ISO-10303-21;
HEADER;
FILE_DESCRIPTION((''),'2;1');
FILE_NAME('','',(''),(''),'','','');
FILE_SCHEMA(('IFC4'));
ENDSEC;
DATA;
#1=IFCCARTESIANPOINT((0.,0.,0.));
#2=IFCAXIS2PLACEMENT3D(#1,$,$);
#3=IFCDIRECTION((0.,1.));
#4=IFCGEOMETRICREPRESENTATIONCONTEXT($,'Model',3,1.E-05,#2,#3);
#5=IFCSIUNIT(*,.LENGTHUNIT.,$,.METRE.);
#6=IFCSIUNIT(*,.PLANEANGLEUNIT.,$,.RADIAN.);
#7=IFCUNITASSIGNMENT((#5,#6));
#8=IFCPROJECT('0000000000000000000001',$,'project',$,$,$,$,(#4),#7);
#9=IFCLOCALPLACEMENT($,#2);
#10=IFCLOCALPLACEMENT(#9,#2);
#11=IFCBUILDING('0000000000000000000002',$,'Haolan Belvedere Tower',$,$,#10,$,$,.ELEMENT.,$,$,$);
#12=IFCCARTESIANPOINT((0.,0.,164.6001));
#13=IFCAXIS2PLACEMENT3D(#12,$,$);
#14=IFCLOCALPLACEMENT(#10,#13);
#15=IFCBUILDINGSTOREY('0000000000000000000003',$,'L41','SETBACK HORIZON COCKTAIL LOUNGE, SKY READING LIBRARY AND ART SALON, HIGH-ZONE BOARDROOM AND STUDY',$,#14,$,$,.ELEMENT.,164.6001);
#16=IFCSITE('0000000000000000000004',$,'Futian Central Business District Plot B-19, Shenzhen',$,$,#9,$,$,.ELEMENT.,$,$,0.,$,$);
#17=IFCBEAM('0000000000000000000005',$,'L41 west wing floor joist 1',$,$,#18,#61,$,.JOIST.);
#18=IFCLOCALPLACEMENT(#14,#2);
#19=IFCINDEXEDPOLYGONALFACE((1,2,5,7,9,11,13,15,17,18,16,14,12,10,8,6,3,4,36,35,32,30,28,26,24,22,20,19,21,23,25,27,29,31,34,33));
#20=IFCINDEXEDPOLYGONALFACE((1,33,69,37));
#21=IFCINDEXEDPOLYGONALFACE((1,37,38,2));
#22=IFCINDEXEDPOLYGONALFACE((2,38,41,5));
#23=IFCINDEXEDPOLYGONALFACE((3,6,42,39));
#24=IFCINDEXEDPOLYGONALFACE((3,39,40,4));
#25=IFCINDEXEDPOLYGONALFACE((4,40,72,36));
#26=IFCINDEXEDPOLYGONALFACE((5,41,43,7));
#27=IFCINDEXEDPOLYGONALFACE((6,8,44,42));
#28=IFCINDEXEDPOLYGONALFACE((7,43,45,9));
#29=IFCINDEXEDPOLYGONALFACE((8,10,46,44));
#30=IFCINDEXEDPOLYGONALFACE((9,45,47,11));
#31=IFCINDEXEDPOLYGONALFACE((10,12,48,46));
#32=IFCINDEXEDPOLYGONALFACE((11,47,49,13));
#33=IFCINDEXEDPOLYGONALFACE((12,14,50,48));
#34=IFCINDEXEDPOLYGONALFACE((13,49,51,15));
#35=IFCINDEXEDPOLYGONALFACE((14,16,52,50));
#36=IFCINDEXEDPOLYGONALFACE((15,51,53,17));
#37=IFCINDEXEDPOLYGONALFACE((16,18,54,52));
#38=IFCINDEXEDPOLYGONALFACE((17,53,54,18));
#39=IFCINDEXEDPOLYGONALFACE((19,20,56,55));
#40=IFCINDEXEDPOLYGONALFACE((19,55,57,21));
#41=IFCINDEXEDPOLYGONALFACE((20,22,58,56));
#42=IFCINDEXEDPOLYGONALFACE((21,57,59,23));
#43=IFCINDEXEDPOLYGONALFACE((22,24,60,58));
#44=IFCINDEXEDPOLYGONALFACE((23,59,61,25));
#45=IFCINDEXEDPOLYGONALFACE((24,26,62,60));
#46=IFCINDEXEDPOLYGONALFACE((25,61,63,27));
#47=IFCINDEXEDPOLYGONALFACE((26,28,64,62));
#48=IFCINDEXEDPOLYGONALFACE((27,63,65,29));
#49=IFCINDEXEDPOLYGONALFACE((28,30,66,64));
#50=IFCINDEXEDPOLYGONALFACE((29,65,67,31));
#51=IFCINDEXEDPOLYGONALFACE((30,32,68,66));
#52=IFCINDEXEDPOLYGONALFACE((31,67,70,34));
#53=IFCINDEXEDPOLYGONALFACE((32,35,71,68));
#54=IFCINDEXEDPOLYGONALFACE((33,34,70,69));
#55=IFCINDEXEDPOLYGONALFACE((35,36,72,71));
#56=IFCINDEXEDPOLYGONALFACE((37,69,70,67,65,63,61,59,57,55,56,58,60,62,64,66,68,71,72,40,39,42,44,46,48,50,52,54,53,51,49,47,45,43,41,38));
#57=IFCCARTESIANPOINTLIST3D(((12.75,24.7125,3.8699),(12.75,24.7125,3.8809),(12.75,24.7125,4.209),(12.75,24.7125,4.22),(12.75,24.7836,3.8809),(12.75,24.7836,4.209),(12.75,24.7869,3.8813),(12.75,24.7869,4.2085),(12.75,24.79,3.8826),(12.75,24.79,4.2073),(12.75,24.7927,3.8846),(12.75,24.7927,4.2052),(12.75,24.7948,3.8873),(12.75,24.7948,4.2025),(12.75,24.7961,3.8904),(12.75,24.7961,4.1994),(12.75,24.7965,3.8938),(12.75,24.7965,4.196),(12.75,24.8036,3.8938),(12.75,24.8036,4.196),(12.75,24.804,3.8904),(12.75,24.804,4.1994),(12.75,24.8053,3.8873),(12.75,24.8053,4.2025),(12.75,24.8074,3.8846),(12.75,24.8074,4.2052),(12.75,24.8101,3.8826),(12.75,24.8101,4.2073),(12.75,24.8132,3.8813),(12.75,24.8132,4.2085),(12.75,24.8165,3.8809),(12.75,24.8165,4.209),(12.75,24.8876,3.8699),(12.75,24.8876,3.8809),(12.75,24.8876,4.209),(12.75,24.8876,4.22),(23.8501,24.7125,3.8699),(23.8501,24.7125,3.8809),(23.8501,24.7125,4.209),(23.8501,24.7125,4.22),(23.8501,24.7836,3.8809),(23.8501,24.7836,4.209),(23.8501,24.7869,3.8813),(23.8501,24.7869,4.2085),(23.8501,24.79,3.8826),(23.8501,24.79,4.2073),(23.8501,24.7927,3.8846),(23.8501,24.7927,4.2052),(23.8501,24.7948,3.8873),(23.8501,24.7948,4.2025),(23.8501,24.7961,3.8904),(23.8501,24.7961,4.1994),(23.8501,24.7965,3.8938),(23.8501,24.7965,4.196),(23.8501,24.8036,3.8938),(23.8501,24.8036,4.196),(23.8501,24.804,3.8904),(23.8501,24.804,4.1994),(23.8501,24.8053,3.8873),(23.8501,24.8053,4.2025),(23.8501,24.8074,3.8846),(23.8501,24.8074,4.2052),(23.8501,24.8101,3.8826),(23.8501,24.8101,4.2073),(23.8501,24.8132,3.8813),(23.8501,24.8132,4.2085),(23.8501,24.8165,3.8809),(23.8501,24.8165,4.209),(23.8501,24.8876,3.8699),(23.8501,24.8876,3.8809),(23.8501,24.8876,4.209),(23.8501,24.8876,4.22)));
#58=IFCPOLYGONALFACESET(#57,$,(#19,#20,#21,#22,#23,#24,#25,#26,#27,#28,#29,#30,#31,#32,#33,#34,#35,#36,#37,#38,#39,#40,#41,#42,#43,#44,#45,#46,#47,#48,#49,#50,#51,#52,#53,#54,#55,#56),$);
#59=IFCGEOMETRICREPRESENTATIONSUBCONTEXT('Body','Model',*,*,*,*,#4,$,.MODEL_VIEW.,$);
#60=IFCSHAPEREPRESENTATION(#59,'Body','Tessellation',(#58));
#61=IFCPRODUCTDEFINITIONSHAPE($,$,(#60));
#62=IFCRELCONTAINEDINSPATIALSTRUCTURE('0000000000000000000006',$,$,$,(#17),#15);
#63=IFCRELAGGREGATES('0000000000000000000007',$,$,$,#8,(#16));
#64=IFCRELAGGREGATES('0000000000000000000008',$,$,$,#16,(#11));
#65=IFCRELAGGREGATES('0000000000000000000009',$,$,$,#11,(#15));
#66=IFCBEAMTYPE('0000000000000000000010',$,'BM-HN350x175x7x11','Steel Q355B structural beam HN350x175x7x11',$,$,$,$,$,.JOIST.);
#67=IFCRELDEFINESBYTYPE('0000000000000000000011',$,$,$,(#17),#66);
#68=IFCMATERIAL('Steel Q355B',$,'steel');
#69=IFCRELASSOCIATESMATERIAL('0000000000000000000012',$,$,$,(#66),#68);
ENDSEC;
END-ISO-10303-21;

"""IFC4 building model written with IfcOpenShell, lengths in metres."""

from ifc_helpers import new_model, si_unit, direction, frame, origin, origin_2d, place, context, subcontext, project, spatial, i_section, extrude, material, material_profile, profile_set, type_object, element, save


model = new_model("IFC4")

# Units and contexts
model_context = context("Model", 3, precision=1e-05, world=origin(), true_north=direction((0.0, 1.0)))
body_context = subcontext(model_context, "Body", "Model", "MODEL_VIEW")
ifc_project = project(units=[si_unit("LENGTHUNIT", "METRE"), si_unit("PLANEANGLEUNIT", "RADIAN")], contexts=[model_context])

# Site, building, storey
site_placement = place(None, origin())
site = spatial("IfcSite", under=ifc_project, at=site_placement, Name="Futian Central Business District Plot B-19, Shenzhen", CompositionType="ELEMENT", RefElevation=0.0)
building_placement = place(site_placement, origin())
building = spatial("IfcBuilding", under=site, at=building_placement, Name="Haolan Belvedere Tower", CompositionType="ELEMENT")
storey_placement = place(building_placement, frame((0.0, 0.0, 164.6001)))
storey = spatial("IfcBuildingStorey", under=building, at=storey_placement, Name="L41", Description="SETBACK HORIZON COCKTAIL LOUNGE, SKY READING LIBRARY AND ART SALON, HIGH-ZONE BOARDROOM AND STUDY", CompositionType="ELEMENT", Elevation=164.6001)

# Beam
ifc_material_1 = material(Name="Steel Q355B", Category="steel")
ifc_material_profile_1 = material_profile(ifc_material_1, i_section(OverallWidth=0.175, OverallDepth=0.3501, WebThickness=0.0071, FlangeThickness=0.011, FilletRadius=0.0129, at=origin_2d()), Name="Steel Q355B")
ifc_profile_set_1 = profile_set([ifc_material_profile_1], Name="Steel Q355B")
beam_type_1 = type_object("IfcBeamType", Name="BM-HN350x175x7x11", Description="Steel Q355B structural beam HN350x175x7x11", PredefinedType="JOIST", material=ifc_profile_set_1)
beam_1_placement = place(storey_placement, frame((12.75, 24.8, 4.0449), z_axis=(1.0, 0.0, 0.0), x_axis=(0.0, 1.0, 0.0)))
element("IfcBeam", 1, at=beam_1_placement, inside=storey, type_object=beam_type_1, Name="L41 west wing floor joist 1", PredefinedType="JOIST", context=body_context, shape_type="SweptSolid", body=[
    extrude(i_section(OverallWidth=0.175, OverallDepth=0.3501, WebThickness=0.0071, FlangeThickness=0.011, FilletRadius=0.0129, at=origin_2d()), origin(), (0.0, 0.0, 1.0), 11.1001),
])

save(model, "model.ifc")
